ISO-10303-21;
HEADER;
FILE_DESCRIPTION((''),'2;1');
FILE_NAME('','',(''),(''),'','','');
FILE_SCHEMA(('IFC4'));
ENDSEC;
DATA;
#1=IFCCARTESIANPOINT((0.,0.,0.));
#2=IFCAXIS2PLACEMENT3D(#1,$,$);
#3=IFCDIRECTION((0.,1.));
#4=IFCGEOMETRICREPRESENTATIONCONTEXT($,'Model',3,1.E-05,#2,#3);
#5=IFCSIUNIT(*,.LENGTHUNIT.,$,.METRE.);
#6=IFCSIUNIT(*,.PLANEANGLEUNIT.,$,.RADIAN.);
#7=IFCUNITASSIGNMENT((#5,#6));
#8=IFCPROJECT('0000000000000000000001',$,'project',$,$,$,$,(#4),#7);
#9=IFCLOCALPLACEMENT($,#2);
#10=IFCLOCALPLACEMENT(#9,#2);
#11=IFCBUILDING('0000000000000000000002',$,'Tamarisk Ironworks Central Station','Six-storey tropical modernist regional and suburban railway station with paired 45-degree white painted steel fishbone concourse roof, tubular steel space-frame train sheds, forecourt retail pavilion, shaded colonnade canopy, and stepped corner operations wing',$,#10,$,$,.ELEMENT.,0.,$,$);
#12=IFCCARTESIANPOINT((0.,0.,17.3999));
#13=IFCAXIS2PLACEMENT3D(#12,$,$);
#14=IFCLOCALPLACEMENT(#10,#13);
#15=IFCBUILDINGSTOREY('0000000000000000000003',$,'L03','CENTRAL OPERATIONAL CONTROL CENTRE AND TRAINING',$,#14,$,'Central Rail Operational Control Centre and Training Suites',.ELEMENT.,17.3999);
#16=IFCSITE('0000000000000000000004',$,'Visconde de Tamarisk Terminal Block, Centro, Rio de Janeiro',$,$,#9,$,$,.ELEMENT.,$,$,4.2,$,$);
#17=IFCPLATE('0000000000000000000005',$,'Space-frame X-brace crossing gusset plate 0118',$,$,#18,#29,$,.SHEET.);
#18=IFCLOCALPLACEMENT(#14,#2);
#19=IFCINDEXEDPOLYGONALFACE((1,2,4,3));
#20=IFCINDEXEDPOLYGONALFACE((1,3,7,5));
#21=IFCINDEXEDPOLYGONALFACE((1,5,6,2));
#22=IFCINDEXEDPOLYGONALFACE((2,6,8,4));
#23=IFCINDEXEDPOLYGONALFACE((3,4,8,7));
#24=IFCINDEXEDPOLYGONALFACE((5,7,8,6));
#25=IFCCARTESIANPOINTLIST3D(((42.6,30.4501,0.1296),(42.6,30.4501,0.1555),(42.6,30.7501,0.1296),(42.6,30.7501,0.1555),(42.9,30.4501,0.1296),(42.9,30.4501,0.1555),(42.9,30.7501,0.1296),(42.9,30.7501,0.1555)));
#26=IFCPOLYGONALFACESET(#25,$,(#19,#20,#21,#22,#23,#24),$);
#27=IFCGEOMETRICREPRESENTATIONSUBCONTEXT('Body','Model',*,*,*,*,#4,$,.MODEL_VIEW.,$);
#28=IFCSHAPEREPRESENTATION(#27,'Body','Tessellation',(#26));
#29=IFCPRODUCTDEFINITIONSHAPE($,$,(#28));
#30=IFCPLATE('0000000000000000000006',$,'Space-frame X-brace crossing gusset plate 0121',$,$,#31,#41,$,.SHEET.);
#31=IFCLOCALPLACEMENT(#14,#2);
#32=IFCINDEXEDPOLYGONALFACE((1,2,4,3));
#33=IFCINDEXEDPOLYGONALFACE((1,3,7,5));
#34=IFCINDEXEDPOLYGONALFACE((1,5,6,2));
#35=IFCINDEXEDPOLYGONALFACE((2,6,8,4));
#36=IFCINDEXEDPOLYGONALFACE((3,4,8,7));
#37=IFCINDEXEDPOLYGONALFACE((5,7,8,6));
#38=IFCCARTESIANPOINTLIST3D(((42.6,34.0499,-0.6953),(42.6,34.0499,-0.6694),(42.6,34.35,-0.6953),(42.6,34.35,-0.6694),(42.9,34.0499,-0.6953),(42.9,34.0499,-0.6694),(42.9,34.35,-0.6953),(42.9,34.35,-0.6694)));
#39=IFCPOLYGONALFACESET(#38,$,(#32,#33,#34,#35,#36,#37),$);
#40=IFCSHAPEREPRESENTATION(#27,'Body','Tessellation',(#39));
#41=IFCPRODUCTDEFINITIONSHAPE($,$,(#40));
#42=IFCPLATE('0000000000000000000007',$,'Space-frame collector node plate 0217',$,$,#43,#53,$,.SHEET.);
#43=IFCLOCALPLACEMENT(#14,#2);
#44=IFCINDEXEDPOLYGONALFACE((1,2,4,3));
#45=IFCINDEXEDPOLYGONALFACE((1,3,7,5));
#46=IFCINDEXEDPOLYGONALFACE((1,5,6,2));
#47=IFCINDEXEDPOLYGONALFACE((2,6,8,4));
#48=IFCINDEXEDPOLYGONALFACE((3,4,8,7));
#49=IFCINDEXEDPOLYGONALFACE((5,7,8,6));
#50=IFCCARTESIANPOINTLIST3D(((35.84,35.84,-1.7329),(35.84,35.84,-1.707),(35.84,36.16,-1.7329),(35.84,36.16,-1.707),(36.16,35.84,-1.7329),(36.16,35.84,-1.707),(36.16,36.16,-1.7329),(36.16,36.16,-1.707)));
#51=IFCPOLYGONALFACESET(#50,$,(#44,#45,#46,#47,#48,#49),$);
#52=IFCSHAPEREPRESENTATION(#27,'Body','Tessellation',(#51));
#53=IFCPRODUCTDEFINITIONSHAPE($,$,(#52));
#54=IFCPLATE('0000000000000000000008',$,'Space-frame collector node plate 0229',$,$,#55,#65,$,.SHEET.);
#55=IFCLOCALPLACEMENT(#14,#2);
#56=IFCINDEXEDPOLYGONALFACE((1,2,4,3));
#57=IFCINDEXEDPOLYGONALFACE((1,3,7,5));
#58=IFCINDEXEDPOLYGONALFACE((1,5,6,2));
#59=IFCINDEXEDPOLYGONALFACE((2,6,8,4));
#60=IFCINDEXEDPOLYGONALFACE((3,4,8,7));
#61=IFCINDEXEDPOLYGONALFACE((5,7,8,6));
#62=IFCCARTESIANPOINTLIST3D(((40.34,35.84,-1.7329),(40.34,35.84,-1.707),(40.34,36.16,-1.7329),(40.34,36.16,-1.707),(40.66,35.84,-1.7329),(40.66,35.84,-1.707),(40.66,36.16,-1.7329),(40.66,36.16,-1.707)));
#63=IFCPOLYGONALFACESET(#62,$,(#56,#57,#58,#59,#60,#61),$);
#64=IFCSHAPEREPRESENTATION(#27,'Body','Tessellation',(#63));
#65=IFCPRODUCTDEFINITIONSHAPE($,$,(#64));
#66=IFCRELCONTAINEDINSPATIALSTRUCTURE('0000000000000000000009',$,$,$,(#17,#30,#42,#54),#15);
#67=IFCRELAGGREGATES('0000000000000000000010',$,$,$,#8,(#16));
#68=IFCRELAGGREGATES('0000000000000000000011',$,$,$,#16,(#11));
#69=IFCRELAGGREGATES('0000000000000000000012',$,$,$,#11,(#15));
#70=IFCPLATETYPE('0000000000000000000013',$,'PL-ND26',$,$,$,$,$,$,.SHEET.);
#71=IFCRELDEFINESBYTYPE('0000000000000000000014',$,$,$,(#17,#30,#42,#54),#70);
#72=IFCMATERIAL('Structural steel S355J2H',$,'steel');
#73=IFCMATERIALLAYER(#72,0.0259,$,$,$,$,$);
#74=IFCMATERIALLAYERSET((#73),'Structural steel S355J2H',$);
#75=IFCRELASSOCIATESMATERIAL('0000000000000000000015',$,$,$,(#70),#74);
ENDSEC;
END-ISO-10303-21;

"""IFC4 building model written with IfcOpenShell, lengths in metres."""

from ifc_helpers import new_model, si_unit, direction, frame, origin, origin_2d, place, context, subcontext, project, spatial, rectangle, extrude, material, layer, layer_set, type_object, element, save


model = new_model("IFC4")

# Units and contexts
model_context = context("Model", 3, precision=1e-05, world=origin(), true_north=direction((0.0, 1.0)))
body_context = subcontext(model_context, "Body", "Model", "MODEL_VIEW")
ifc_project = project(units=[si_unit("LENGTHUNIT", "METRE"), si_unit("PLANEANGLEUNIT", "RADIAN")], contexts=[model_context])

# Site, building, storey
site_placement = place(None, origin())
site = spatial("IfcSite", under=ifc_project, at=site_placement, Name="Visconde de Tamarisk Terminal Block, Centro, Rio de Janeiro", CompositionType="ELEMENT", RefElevation=4.2)
building_placement = place(site_placement, origin())
building = spatial("IfcBuilding", under=site, at=building_placement, Name="Tamarisk Ironworks Central Station", Description="Six-storey tropical modernist regional and suburban railway station with paired 45-degree white painted steel fishbone concourse roof, tubular steel space-frame train sheds, forecourt retail pavilion, shaded colonnade canopy, and stepped corner operations wing", CompositionType="ELEMENT", ElevationOfRefHeight=0.0)
storey_placement = place(building_placement, frame((0.0, 0.0, 17.3999)))
storey = spatial("IfcBuildingStorey", under=building, at=storey_placement, Name="L03", Description="CENTRAL OPERATIONAL CONTROL CENTRE AND TRAINING", LongName="Central Rail Operational Control Centre and Training Suites", CompositionType="ELEMENT", Elevation=17.3999)

# Shared definitions
ifc_material_1 = material(Name="Structural steel S355J2H", Category="steel")

# Plates
ifc_layer = layer(ifc_material_1, 0.0259)
ifc_layer_set = layer_set([ifc_layer], Name="Structural steel S355J2H")
plate_type = type_object("IfcPlateType", Name="PL-ND26", PredefinedType="SHEET", material=ifc_layer_set)
for number, where, z_axis, x_axis, name in (
    (1, (42.75, 30.6001, 0.1296), (0.0, 0.0, 1.0), (1.0, 0.0, 0.0), "Space-frame X-brace crossing gusset plate 0118"),
    (2, (42.75, 34.2, -0.6953), (0.0, 0.0, 1.0), (1.0, 0.0, 0.0), "Space-frame X-brace crossing gusset plate 0121"),
):
    element("IfcPlate", number, at=place(storey_placement, frame(where, z_axis=z_axis, x_axis=x_axis)), inside=storey, type_object=plate_type, Name=name, PredefinedType="SHEET", context=body_context, shape_type="SweptSolid", body=[
        extrude(rectangle(XDim=0.3, YDim=0.3, at=origin_2d()), origin(), (0.0, 0.0, 1.0), 0.0259),
    ])
for number, where, z_axis, x_axis, name in (
    (3, (36.0, 36.0, -1.7329), (0.0, 0.0, 1.0), (1.0, 0.0, 0.0), "Space-frame collector node plate 0217"),
    (4, (40.5, 36.0, -1.7329), (0.0, 0.0, 1.0), (1.0, 0.0, 0.0), "Space-frame collector node plate 0229"),
):
    element("IfcPlate", number, at=place(storey_placement, frame(where, z_axis=z_axis, x_axis=x_axis)), inside=storey, type_object=plate_type, Name=name, PredefinedType="SHEET", context=body_context, shape_type="SweptSolid", body=[
        extrude(rectangle(XDim=0.3201, YDim=0.3201, at=origin_2d()), origin(), (0.0, 0.0, 1.0), 0.0259),
    ])

save(model, "model.ifc")
